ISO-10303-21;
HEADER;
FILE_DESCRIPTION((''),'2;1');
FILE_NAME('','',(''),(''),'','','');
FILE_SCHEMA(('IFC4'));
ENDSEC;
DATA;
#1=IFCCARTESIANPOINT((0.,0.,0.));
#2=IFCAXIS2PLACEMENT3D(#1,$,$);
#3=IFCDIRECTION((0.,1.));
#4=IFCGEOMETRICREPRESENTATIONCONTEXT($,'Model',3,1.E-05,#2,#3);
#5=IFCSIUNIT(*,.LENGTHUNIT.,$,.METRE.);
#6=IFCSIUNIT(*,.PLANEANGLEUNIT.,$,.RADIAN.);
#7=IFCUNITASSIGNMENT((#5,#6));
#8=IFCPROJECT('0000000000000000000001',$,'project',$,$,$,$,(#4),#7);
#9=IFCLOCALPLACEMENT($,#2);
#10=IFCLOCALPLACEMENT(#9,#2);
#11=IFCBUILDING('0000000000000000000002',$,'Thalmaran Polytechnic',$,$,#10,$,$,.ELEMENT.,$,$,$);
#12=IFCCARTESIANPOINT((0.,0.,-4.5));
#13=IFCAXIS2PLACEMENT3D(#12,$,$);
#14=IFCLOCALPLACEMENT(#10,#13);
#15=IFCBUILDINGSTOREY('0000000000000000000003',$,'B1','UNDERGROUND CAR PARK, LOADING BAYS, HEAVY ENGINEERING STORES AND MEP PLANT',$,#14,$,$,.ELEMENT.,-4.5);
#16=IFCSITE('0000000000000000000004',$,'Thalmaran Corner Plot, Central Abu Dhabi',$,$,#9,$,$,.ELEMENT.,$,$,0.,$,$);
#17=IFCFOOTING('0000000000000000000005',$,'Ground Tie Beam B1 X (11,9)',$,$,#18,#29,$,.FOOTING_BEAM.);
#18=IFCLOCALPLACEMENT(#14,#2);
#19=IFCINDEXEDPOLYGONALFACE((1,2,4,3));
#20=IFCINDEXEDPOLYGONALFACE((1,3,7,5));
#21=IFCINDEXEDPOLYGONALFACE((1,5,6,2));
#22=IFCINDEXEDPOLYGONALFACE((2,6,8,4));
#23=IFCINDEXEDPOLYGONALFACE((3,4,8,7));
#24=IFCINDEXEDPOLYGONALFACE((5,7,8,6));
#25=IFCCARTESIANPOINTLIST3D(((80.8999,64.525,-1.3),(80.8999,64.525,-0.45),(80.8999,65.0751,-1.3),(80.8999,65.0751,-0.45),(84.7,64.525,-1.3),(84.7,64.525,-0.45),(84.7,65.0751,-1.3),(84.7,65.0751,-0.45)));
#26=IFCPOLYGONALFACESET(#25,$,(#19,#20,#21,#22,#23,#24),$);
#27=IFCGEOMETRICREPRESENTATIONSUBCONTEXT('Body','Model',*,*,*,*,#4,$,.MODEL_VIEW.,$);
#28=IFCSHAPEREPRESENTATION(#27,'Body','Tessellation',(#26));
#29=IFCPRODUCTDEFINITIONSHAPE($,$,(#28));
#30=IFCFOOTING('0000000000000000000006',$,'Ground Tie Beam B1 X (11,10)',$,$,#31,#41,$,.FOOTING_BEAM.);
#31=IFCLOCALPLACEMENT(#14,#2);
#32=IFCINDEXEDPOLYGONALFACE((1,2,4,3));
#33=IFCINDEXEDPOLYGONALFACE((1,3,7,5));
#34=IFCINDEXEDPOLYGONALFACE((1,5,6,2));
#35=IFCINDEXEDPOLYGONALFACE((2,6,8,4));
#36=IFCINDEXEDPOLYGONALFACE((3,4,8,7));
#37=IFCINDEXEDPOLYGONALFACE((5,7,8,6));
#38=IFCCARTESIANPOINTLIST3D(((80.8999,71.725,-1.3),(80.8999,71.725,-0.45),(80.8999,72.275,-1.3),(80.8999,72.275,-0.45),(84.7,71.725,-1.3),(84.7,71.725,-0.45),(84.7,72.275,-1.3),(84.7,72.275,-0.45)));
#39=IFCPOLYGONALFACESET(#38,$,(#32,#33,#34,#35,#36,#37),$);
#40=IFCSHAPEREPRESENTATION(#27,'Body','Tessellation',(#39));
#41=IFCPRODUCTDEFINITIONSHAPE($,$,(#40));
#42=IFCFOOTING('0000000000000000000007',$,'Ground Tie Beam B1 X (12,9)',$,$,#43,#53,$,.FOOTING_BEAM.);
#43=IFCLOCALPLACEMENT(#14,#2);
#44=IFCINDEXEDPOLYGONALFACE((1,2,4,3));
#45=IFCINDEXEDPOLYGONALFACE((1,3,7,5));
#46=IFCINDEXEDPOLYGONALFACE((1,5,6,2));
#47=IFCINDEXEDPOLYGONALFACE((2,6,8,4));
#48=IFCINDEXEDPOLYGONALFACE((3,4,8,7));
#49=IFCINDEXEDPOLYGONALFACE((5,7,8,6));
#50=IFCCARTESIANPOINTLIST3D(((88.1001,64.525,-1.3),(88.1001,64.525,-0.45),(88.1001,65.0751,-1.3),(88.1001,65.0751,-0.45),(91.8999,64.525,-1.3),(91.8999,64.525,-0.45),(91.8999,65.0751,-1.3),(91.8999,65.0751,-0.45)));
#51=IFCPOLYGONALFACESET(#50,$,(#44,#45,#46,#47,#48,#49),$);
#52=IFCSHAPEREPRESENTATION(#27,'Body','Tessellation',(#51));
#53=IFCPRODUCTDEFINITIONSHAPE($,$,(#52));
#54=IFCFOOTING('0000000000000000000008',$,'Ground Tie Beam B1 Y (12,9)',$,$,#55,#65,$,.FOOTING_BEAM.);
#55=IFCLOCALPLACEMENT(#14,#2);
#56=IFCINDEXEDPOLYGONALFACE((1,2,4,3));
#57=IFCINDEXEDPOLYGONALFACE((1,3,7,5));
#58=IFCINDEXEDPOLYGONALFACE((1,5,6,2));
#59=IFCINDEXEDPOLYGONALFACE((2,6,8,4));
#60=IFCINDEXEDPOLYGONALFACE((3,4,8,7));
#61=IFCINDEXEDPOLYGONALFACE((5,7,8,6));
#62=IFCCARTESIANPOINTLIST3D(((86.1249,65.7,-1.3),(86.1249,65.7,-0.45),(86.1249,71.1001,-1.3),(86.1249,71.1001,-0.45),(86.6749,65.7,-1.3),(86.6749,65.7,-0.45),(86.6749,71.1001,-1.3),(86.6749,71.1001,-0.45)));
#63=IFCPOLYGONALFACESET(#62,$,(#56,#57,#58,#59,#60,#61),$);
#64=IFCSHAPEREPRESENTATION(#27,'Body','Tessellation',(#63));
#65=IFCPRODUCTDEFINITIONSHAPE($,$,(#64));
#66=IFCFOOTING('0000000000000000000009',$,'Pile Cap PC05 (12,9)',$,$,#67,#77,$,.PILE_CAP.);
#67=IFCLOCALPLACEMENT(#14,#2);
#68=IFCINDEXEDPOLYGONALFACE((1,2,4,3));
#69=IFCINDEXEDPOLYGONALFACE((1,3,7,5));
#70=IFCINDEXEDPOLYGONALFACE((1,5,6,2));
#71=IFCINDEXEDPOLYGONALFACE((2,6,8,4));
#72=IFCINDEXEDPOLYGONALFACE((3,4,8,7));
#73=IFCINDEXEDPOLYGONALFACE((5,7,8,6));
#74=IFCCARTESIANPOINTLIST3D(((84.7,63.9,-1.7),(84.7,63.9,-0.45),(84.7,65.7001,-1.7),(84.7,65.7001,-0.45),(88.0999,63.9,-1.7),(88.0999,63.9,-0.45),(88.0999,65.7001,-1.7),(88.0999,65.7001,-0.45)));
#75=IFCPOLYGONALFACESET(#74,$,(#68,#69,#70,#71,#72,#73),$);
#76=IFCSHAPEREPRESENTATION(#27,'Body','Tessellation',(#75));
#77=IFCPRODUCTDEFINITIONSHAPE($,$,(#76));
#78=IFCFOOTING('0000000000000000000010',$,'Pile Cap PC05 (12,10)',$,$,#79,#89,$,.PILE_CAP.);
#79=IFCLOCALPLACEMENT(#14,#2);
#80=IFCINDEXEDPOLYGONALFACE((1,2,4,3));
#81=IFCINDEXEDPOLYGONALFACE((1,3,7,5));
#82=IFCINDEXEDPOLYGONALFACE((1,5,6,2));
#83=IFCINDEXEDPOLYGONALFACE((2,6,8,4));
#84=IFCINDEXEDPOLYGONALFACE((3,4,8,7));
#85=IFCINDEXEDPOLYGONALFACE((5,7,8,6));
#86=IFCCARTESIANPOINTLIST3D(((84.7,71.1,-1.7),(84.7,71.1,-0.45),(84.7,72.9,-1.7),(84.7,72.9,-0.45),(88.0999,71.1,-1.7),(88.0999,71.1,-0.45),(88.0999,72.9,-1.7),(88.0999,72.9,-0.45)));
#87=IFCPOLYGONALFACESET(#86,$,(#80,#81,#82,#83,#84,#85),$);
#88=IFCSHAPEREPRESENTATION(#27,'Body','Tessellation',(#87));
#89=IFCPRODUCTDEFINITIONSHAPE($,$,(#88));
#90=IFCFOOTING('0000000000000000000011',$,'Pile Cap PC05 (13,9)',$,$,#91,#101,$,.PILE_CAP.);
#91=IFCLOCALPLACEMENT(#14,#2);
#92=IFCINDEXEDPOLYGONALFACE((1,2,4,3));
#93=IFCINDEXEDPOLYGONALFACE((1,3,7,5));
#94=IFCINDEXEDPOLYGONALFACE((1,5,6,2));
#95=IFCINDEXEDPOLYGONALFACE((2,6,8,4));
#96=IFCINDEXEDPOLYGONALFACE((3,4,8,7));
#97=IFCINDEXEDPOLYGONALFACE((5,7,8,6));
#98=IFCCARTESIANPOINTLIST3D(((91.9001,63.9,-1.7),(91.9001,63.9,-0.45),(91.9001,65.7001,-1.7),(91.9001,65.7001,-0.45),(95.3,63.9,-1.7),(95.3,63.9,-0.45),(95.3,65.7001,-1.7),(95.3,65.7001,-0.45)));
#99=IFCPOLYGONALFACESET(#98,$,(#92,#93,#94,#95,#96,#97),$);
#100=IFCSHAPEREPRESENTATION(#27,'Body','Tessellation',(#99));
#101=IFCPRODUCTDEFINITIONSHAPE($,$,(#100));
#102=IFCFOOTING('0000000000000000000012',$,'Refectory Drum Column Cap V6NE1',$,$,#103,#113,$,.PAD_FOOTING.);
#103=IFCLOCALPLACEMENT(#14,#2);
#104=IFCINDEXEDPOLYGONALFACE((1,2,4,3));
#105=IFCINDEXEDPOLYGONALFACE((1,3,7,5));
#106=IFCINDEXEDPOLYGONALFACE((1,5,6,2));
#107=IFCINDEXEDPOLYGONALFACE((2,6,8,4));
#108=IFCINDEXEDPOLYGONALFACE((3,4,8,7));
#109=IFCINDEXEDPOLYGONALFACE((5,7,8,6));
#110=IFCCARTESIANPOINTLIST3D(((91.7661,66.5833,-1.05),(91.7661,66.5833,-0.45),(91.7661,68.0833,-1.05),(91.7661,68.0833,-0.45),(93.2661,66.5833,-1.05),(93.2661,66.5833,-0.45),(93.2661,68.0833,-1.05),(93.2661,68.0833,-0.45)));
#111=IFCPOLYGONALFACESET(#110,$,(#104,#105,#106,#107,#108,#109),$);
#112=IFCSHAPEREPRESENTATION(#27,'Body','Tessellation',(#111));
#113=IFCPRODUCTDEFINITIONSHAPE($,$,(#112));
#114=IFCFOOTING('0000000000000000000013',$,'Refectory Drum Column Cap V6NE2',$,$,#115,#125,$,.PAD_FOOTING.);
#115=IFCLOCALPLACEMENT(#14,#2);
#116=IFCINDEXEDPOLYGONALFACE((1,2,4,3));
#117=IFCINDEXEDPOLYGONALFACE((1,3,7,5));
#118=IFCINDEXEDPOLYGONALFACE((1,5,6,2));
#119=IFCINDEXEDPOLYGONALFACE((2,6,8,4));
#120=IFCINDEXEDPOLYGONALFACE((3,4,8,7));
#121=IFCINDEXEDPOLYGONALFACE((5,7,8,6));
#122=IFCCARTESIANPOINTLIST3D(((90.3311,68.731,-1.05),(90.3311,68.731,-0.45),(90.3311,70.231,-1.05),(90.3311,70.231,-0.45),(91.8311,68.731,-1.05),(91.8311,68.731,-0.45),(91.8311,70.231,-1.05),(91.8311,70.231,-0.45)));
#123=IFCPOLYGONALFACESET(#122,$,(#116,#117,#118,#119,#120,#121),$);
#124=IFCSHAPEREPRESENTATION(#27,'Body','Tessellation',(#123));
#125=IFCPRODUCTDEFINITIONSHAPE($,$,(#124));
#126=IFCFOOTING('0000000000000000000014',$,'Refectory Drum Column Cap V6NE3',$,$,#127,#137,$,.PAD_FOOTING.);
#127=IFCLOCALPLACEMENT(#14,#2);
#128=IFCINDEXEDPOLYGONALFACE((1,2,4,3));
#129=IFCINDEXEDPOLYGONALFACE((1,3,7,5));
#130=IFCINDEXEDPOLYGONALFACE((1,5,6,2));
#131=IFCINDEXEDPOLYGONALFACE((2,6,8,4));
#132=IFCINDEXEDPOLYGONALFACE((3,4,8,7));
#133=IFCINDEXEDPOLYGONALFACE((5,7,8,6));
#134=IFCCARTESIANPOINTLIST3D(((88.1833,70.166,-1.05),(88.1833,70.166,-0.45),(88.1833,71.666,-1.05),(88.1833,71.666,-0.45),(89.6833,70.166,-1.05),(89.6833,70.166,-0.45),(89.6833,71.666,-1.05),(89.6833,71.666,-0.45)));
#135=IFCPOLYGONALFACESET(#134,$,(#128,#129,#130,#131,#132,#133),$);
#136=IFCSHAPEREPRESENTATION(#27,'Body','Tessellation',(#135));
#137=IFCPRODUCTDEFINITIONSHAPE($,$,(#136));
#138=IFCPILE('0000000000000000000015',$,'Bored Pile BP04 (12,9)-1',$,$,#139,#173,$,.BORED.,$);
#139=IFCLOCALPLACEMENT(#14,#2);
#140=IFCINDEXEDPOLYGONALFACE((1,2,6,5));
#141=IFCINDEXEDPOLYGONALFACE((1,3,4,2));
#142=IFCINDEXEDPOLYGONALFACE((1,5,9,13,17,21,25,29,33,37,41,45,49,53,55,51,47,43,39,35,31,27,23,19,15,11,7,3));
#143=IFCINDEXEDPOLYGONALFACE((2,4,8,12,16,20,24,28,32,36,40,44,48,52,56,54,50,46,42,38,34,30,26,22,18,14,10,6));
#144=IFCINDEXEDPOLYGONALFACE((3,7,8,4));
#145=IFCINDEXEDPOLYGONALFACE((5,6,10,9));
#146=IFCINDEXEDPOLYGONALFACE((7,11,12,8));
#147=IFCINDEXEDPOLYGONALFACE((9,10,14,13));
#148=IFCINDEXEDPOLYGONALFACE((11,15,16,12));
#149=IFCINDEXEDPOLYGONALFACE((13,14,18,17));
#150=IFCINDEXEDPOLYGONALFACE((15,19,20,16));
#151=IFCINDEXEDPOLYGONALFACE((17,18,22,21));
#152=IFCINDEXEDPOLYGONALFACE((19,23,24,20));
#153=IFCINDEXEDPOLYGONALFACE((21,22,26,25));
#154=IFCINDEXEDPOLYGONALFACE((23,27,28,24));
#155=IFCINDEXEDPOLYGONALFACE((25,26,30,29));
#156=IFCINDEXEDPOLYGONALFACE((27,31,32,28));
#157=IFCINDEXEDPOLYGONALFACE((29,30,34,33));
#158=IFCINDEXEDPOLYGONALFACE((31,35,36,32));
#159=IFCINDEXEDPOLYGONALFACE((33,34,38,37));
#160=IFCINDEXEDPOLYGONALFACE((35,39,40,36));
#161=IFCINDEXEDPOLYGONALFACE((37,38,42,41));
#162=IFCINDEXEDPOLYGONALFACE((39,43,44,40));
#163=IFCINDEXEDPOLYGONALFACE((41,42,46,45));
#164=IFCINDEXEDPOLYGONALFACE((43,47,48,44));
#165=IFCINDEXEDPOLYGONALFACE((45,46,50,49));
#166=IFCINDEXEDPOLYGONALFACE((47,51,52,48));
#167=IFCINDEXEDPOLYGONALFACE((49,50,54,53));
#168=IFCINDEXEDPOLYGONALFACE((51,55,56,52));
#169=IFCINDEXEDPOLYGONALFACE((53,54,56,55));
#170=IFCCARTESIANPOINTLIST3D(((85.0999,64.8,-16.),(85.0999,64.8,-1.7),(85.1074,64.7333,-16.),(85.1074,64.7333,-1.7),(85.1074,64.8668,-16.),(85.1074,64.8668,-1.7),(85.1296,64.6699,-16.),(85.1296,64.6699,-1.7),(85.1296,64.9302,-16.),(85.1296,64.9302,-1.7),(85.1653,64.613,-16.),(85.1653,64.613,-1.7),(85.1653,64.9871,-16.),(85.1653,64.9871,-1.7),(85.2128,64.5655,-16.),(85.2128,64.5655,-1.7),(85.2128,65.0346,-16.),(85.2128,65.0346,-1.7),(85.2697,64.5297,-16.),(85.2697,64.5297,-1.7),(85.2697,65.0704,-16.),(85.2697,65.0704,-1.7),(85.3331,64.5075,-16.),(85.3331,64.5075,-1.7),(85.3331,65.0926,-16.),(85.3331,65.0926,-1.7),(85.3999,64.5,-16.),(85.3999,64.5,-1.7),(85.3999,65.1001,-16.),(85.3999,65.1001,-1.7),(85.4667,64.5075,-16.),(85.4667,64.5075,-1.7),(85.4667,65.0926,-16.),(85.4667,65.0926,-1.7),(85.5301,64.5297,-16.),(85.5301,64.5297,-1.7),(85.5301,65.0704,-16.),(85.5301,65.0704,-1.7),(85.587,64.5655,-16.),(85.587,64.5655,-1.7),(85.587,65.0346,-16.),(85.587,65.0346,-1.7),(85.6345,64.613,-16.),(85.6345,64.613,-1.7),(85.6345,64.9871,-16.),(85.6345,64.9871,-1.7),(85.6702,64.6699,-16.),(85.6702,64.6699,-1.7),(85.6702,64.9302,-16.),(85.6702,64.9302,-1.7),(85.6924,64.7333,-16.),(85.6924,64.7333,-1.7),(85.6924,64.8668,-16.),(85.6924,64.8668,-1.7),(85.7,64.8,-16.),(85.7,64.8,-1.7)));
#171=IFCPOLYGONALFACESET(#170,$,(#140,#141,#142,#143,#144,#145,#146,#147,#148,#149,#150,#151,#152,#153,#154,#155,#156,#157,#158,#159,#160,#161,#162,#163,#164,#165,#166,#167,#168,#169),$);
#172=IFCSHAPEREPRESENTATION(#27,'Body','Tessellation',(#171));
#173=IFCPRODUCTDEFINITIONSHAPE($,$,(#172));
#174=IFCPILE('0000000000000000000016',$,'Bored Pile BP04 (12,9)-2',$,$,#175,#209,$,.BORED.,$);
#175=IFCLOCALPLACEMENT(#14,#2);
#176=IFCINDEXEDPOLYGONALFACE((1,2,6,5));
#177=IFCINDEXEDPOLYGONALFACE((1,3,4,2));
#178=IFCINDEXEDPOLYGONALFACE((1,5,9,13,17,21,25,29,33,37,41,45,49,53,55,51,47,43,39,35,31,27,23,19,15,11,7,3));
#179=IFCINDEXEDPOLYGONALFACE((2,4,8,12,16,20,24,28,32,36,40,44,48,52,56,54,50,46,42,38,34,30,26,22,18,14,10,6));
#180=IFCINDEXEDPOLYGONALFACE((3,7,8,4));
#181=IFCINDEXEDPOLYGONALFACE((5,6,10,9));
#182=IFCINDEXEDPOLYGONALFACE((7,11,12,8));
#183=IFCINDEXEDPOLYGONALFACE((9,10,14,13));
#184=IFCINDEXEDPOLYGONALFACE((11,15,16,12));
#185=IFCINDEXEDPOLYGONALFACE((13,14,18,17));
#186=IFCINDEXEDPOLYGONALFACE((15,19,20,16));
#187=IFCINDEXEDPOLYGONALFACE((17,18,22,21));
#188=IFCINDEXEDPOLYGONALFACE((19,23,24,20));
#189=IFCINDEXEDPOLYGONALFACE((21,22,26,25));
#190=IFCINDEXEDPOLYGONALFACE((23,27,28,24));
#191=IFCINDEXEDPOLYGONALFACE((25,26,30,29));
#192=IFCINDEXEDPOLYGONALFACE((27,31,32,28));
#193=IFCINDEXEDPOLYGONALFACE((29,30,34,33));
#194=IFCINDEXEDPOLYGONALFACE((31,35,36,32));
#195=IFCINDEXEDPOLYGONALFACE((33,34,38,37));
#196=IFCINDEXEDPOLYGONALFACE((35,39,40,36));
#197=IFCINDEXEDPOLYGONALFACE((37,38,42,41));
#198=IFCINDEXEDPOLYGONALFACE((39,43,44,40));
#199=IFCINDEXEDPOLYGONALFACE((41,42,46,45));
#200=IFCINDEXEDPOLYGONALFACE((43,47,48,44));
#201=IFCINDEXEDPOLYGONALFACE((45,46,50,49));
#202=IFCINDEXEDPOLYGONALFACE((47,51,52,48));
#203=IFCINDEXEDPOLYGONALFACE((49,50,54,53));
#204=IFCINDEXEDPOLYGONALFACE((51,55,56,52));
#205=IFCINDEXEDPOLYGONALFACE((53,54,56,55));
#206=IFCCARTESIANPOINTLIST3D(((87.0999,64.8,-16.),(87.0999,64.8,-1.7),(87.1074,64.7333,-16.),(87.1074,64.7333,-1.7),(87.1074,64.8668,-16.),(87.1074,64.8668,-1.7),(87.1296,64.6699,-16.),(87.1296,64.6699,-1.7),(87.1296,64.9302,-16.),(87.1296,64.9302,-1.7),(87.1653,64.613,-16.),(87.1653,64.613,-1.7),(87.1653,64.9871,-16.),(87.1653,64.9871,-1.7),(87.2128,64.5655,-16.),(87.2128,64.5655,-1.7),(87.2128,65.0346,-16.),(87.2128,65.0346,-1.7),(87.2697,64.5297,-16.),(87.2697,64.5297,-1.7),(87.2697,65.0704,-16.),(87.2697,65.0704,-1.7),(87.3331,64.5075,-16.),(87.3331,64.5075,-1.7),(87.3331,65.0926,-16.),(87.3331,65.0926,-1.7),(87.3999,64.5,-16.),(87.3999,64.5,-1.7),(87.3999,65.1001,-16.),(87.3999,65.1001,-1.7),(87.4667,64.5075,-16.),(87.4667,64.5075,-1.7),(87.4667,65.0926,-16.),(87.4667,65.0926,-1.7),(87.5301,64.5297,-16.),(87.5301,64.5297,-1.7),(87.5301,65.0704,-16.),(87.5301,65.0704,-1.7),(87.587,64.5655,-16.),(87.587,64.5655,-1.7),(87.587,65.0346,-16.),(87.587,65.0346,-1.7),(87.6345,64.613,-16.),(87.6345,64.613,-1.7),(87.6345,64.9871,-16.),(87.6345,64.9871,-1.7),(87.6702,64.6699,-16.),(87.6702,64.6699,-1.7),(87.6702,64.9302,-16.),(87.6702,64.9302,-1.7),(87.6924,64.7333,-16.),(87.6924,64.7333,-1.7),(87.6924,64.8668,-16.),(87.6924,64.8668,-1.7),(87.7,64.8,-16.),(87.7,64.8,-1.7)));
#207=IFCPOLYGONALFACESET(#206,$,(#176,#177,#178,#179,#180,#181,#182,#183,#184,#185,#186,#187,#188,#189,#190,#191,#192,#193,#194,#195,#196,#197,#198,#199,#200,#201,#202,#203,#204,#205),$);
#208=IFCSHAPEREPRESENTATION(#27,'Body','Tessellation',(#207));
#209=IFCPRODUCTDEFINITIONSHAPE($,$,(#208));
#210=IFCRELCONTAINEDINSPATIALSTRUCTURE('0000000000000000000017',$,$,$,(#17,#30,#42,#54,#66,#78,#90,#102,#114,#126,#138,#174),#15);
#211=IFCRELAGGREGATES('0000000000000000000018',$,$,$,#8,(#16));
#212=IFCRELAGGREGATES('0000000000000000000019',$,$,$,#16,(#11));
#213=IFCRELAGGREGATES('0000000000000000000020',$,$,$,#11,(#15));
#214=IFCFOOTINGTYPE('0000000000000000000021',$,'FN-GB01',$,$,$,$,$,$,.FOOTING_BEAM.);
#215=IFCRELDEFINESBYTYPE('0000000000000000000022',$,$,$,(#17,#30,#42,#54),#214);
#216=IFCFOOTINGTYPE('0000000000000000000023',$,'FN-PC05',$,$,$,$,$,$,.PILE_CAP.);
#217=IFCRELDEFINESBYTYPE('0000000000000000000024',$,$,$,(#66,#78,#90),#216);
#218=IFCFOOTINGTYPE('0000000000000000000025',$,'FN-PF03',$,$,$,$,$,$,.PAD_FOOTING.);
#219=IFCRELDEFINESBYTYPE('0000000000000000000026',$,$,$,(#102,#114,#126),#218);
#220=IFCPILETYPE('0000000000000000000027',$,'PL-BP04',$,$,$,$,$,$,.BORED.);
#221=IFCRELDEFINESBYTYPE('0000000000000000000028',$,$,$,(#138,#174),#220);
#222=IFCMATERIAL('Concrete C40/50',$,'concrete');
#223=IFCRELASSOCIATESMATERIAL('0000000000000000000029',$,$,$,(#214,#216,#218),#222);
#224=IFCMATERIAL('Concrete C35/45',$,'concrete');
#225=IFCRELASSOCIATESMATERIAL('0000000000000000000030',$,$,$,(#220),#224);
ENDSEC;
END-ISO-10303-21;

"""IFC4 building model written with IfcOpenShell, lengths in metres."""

from ifc_helpers import new_model, si_unit, direction, frame, origin, origin_2d, place, context, subcontext, project, spatial, rectangle, circle, extrude, material, material_profile, profile_set, type_object, element, save


model = new_model("IFC4")

# Units and contexts
model_context = context("Model", 3, precision=1e-05, world=origin(), true_north=direction((0.0, 1.0)))
body_context = subcontext(model_context, "Body", "Model", "MODEL_VIEW")
ifc_project = project(units=[si_unit("LENGTHUNIT", "METRE"), si_unit("PLANEANGLEUNIT", "RADIAN")], contexts=[model_context])

# Site, building, storey
site_placement = place(None, origin())
site = spatial("IfcSite", under=ifc_project, at=site_placement, Name="Thalmaran Corner Plot, Central Abu Dhabi", CompositionType="ELEMENT", RefElevation=0.0)
building_placement = place(site_placement, origin())
building = spatial("IfcBuilding", under=site, at=building_placement, Name="Thalmaran Polytechnic", CompositionType="ELEMENT")
storey_placement = place(building_placement, frame((0.0, 0.0, -4.5)))
storey = spatial("IfcBuildingStorey", under=building, at=storey_placement, Name="B1", Description="UNDERGROUND CAR PARK, LOADING BAYS, HEAVY ENGINEERING STORES AND MEP PLANT", CompositionType="ELEMENT", Elevation=-4.5)

# Footings
ifc_material_1 = material(Name="Concrete C40/50", Category="concrete")
ifc_material_profile_1 = material_profile(ifc_material_1, rectangle(XDim=0.55, YDim=0.8501, at=origin_2d()), Name="RC 550x850")
ifc_profile_set_1 = profile_set([ifc_material_profile_1], Name="Concrete C40/50")
footing_type_1 = type_object("IfcFootingType", Name="FN-GB01", PredefinedType="FOOTING_BEAM", material=ifc_profile_set_1)
for number, where, z_axis, x_axis, name in (
    (1, (80.8999, 64.8, -0.875), (1.0, 0.0, 0.0), (0.0, 1.0, 0.0), "Ground Tie Beam B1 X (11,9)"),
    (2, (80.8999, 72.0, -0.875), (1.0, 0.0, 0.0), (0.0, 1.0, 0.0), "Ground Tie Beam B1 X (11,10)"),
):
    element("IfcFooting", number, at=place(storey_placement, frame(where, z_axis=z_axis, x_axis=x_axis)), inside=storey, type_object=footing_type_1, Name=name, PredefinedType="FOOTING_BEAM", context=body_context, shape_type="SweptSolid", body=[
        extrude(rectangle(XDim=0.55, YDim=0.8501, at=origin_2d()), origin(), (0.0, 0.0, 1.0), 3.8),
    ])
footing_1_placement = place(storey_placement, frame((88.1001, 64.8, -0.875), z_axis=(1.0, 0.0, 0.0), x_axis=(0.0, 1.0, 0.0)))
element("IfcFooting", 3, at=footing_1_placement, inside=storey, type_object=footing_type_1, Name="Ground Tie Beam B1 X (12,9)", PredefinedType="FOOTING_BEAM", context=body_context, shape_type="SweptSolid", body=[
    extrude(rectangle(XDim=0.55, YDim=0.8501, at=origin_2d()), origin(), (0.0, 0.0, 1.0), 3.7998),
])
footing_2_placement = place(storey_placement, frame((86.3999, 65.7, -0.875), z_axis=(0.0, 1.0, 0.0), x_axis=(-1.0, 0.0, 0.0)))
element("IfcFooting", 4, at=footing_2_placement, inside=storey, type_object=footing_type_1, Name="Ground Tie Beam B1 Y (12,9)", PredefinedType="FOOTING_BEAM", context=body_context, shape_type="SweptSolid", body=[
    extrude(rectangle(XDim=0.55, YDim=0.8501, at=origin_2d()), origin(), (0.0, 0.0, 1.0), 5.4001),
])
footing_type_2 = type_object("IfcFootingType", Name="FN-PC05", PredefinedType="PILE_CAP", material=ifc_material_1)
for number, where, z_axis, x_axis, name in (
    (5, (86.3999, 64.8, -1.7), (0.0, 0.0, 1.0), (1.0, 0.0, 0.0), "Pile Cap PC05 (12,9)"),
    (6, (86.3999, 72.0, -1.7), (0.0, 0.0, 1.0), (1.0, 0.0, 0.0), "Pile Cap PC05 (12,10)"),
    (7, (93.6001, 64.8, -1.7), (0.0, 0.0, 1.0), (1.0, 0.0, 0.0), "Pile Cap PC05 (13,9)"),
):
    element("IfcFooting", number, at=place(storey_placement, frame(where, z_axis=z_axis, x_axis=x_axis)), inside=storey, type_object=footing_type_2, Name=name, PredefinedType="PILE_CAP", context=body_context, shape_type="SweptSolid", body=[
        extrude(rectangle(XDim=3.3999, YDim=1.8, at=origin_2d()), origin(), (0.0, 0.0, 1.0), 1.25),
    ])
footing_type_3 = type_object("IfcFootingType", Name="FN-PF03", PredefinedType="PAD_FOOTING", material=ifc_material_1)
for number, where, z_axis, x_axis, name in (
    (8, (92.5161, 67.3333, -1.05), (0.0, 0.0, 1.0), (1.0, 0.0, 0.0), "Refectory Drum Column Cap V6NE1"),
    (9, (91.0811, 69.481, -1.05), (0.0, 0.0, 1.0), (1.0, 0.0, 0.0), "Refectory Drum Column Cap V6NE2"),
    (10, (88.9333, 70.916, -1.05), (0.0, 0.0, 1.0), (1.0, 0.0, 0.0), "Refectory Drum Column Cap V6NE3"),
):
    element("IfcFooting", number, at=place(storey_placement, frame(where, z_axis=z_axis, x_axis=x_axis)), inside=storey, type_object=footing_type_3, Name=name, PredefinedType="PAD_FOOTING", context=body_context, shape_type="SweptSolid", body=[
        extrude(rectangle(XDim=1.5, YDim=1.5, at=origin_2d()), origin(), (0.0, 0.0, 1.0), 0.6001),
    ])

# Piles
ifc_material_2 = material(Name="Concrete C35/45", Category="concrete")
ifc_material_profile_2 = material_profile(ifc_material_2, circle(Radius=0.3, at=origin_2d()), Name="RC 600 DIA")
ifc_profile_set_2 = profile_set([ifc_material_profile_2], Name="Concrete C35/45")
pile_type = type_object("IfcPileType", Name="PL-BP04", PredefinedType="BORED", material=ifc_profile_set_2)
for number, where, z_axis, x_axis, name in (
    (11, (85.3999, 64.8, -1.7), (0.0, 0.0, -1.0), (1.0, 0.0, 0.0), "Bored Pile BP04 (12,9)-1"),
    (12, (87.3999, 64.8, -1.7), (0.0, 0.0, -1.0), (1.0, 0.0, 0.0), "Bored Pile BP04 (12,9)-2"),
):
    element("IfcPile", number, at=place(storey_placement, frame(where, z_axis=z_axis, x_axis=x_axis)), inside=storey, type_object=pile_type, Name=name, PredefinedType="BORED", context=body_context, shape_type="SweptSolid", body=[
        extrude(circle(Radius=0.3, at=origin_2d()), origin(), (0.0, 0.0, 1.0), 14.3),
    ])

save(model, "model.ifc")
